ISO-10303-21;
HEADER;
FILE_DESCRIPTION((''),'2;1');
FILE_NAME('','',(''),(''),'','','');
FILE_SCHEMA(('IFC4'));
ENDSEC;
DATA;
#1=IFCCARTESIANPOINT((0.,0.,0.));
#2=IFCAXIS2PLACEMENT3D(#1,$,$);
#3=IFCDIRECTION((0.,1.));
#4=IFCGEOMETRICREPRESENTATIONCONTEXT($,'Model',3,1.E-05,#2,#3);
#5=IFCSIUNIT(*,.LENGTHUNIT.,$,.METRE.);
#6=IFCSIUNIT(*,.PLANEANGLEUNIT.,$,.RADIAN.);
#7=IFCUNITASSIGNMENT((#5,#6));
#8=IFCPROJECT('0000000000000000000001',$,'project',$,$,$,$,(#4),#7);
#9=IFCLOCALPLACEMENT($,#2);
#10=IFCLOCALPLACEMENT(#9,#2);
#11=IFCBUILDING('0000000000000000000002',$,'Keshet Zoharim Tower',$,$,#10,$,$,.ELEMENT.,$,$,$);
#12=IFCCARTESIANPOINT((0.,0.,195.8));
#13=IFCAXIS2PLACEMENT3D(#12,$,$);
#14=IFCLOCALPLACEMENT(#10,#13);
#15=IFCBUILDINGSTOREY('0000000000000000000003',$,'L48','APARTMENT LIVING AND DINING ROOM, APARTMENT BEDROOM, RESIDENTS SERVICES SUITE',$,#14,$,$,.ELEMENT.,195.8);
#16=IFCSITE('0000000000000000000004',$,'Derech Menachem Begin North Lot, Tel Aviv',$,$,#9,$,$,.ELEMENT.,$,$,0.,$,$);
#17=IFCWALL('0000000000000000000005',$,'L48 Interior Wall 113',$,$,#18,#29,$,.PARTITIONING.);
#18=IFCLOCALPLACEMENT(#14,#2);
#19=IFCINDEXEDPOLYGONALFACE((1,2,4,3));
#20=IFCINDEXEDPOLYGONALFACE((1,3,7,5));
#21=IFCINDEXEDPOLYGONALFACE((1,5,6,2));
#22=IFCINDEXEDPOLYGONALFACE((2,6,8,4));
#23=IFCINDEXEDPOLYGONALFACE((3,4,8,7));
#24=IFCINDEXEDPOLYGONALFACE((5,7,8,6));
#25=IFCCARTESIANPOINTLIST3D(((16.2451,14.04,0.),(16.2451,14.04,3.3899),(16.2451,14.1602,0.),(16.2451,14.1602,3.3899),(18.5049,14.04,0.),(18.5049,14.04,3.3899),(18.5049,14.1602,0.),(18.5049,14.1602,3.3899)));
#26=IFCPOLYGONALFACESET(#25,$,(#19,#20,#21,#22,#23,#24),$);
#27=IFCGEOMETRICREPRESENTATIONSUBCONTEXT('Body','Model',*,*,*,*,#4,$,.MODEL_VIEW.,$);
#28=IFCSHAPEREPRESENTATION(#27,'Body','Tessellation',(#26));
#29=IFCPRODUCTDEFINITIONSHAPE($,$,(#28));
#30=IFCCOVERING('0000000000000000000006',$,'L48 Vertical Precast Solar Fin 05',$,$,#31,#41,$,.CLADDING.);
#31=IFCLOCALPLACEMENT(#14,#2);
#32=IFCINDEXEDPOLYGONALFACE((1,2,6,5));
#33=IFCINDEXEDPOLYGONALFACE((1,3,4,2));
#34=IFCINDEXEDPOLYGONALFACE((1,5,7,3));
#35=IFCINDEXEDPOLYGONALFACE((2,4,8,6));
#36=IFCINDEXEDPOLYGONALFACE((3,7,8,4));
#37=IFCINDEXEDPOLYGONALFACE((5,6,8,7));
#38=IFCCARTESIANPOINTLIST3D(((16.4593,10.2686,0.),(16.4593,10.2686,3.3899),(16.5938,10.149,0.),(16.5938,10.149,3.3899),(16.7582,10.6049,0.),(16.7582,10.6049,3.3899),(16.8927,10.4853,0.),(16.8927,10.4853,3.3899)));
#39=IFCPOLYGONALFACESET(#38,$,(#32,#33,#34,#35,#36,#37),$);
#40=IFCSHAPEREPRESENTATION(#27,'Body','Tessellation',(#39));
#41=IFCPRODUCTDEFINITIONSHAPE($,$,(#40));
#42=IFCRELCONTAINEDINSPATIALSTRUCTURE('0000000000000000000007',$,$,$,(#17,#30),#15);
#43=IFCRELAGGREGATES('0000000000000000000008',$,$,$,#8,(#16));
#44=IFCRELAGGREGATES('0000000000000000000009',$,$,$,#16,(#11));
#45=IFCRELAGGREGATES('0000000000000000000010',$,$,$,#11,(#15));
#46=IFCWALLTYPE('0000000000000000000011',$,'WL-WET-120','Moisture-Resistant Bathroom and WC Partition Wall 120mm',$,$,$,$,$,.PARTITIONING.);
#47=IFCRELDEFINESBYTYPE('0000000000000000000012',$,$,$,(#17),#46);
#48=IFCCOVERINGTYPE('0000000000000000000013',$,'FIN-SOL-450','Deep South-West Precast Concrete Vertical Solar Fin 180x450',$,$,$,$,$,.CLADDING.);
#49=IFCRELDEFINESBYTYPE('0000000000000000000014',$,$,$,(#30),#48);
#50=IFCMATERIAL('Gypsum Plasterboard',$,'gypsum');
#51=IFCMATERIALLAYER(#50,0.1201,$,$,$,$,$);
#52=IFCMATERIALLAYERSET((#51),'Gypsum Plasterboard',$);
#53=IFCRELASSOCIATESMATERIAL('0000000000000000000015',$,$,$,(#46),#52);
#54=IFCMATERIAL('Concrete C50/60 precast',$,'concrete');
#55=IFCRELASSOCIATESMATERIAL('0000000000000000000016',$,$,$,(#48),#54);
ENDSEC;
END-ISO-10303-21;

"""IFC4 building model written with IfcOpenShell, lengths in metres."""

from ifc_helpers import new_model, si_unit, direction, frame, frame_2d, origin, origin_2d, place, context, subcontext, project, spatial, rectangle, extrude, material, layer, layer_set, type_object, element, save


model = new_model("IFC4")

# Units and contexts
model_context = context("Model", 3, precision=1e-05, world=origin(), true_north=direction((0.0, 1.0)))
body_context = subcontext(model_context, "Body", "Model", "MODEL_VIEW")
ifc_project = project(units=[si_unit("LENGTHUNIT", "METRE"), si_unit("PLANEANGLEUNIT", "RADIAN")], contexts=[model_context])

# Site, building, storey
site_placement = place(None, origin())
site = spatial("IfcSite", under=ifc_project, at=site_placement, Name="Derech Menachem Begin North Lot, Tel Aviv", CompositionType="ELEMENT", RefElevation=0.0)
building_placement = place(site_placement, origin())
building = spatial("IfcBuilding", under=site, at=building_placement, Name="Keshet Zoharim Tower", CompositionType="ELEMENT")
storey_placement = place(building_placement, frame((0.0, 0.0, 195.8)))
storey = spatial("IfcBuildingStorey", under=building, at=storey_placement, Name="L48", Description="APARTMENT LIVING AND DINING ROOM, APARTMENT BEDROOM, RESIDENTS SERVICES SUITE", CompositionType="ELEMENT", Elevation=195.8)

# Shared definitions
ifc_material_1 = material(Name="Gypsum Plasterboard", Category="gypsum")

# Shared definitions
ifc_layer_1 = layer(ifc_material_1, 0.1201)
ifc_layer_set_1 = layer_set([ifc_layer_1], Name="Gypsum Plasterboard")
wall_type_1 = type_object("IfcWallType", Name="WL-WET-120", Description="Moisture-Resistant Bathroom and WC Partition Wall 120mm", PredefinedType="PARTITIONING", material=ifc_layer_set_1)

# Wall
for number, where, z_axis, x_axis, name in (
    (1, (16.2451, 14.1001, 0.0), (0.0, 0.0, 1.0), (1.0, 0.0, 0.0), "L48 Interior Wall 113"),
):
    element("IfcWall", number, at=place(storey_placement, frame(where, z_axis=z_axis, x_axis=x_axis)), inside=storey, type_object=wall_type_1, Name=name, PredefinedType="PARTITIONING", context=body_context, shape_type="SweptSolid", body=[
        extrude(rectangle(XDim=2.2598, YDim=0.1201, at=frame_2d((1.1299, 0.0))), origin(), (0.0, 0.0, 1.0), 3.3899),
    ])

# Covering
ifc_material_2 = material(Name="Concrete C50/60 precast", Category="concrete")
covering_type = type_object("IfcCoveringType", Name="FIN-SOL-450", Description="Deep South-West Precast Concrete Vertical Solar Fin 180x450", PredefinedType="CLADDING", material=ifc_material_2)
covering_placement = place(storey_placement, frame((16.676, 10.377, 0.0), z_axis=(0.0, 0.0, 1.0), x_axis=(-0.747409, 0.664364, 0.0)))
element("IfcCovering", 2, at=covering_placement, inside=storey, type_object=covering_type, Name="L48 Vertical Precast Solar Fin 05", PredefinedType="CLADDING", context=body_context, shape_type="SweptSolid", body=[
    extrude(rectangle(XDim=0.1799, YDim=0.45, at=origin_2d()), origin(), (0.0, 0.0, 1.0), 3.3899),
])

save(model, "model.ifc")
